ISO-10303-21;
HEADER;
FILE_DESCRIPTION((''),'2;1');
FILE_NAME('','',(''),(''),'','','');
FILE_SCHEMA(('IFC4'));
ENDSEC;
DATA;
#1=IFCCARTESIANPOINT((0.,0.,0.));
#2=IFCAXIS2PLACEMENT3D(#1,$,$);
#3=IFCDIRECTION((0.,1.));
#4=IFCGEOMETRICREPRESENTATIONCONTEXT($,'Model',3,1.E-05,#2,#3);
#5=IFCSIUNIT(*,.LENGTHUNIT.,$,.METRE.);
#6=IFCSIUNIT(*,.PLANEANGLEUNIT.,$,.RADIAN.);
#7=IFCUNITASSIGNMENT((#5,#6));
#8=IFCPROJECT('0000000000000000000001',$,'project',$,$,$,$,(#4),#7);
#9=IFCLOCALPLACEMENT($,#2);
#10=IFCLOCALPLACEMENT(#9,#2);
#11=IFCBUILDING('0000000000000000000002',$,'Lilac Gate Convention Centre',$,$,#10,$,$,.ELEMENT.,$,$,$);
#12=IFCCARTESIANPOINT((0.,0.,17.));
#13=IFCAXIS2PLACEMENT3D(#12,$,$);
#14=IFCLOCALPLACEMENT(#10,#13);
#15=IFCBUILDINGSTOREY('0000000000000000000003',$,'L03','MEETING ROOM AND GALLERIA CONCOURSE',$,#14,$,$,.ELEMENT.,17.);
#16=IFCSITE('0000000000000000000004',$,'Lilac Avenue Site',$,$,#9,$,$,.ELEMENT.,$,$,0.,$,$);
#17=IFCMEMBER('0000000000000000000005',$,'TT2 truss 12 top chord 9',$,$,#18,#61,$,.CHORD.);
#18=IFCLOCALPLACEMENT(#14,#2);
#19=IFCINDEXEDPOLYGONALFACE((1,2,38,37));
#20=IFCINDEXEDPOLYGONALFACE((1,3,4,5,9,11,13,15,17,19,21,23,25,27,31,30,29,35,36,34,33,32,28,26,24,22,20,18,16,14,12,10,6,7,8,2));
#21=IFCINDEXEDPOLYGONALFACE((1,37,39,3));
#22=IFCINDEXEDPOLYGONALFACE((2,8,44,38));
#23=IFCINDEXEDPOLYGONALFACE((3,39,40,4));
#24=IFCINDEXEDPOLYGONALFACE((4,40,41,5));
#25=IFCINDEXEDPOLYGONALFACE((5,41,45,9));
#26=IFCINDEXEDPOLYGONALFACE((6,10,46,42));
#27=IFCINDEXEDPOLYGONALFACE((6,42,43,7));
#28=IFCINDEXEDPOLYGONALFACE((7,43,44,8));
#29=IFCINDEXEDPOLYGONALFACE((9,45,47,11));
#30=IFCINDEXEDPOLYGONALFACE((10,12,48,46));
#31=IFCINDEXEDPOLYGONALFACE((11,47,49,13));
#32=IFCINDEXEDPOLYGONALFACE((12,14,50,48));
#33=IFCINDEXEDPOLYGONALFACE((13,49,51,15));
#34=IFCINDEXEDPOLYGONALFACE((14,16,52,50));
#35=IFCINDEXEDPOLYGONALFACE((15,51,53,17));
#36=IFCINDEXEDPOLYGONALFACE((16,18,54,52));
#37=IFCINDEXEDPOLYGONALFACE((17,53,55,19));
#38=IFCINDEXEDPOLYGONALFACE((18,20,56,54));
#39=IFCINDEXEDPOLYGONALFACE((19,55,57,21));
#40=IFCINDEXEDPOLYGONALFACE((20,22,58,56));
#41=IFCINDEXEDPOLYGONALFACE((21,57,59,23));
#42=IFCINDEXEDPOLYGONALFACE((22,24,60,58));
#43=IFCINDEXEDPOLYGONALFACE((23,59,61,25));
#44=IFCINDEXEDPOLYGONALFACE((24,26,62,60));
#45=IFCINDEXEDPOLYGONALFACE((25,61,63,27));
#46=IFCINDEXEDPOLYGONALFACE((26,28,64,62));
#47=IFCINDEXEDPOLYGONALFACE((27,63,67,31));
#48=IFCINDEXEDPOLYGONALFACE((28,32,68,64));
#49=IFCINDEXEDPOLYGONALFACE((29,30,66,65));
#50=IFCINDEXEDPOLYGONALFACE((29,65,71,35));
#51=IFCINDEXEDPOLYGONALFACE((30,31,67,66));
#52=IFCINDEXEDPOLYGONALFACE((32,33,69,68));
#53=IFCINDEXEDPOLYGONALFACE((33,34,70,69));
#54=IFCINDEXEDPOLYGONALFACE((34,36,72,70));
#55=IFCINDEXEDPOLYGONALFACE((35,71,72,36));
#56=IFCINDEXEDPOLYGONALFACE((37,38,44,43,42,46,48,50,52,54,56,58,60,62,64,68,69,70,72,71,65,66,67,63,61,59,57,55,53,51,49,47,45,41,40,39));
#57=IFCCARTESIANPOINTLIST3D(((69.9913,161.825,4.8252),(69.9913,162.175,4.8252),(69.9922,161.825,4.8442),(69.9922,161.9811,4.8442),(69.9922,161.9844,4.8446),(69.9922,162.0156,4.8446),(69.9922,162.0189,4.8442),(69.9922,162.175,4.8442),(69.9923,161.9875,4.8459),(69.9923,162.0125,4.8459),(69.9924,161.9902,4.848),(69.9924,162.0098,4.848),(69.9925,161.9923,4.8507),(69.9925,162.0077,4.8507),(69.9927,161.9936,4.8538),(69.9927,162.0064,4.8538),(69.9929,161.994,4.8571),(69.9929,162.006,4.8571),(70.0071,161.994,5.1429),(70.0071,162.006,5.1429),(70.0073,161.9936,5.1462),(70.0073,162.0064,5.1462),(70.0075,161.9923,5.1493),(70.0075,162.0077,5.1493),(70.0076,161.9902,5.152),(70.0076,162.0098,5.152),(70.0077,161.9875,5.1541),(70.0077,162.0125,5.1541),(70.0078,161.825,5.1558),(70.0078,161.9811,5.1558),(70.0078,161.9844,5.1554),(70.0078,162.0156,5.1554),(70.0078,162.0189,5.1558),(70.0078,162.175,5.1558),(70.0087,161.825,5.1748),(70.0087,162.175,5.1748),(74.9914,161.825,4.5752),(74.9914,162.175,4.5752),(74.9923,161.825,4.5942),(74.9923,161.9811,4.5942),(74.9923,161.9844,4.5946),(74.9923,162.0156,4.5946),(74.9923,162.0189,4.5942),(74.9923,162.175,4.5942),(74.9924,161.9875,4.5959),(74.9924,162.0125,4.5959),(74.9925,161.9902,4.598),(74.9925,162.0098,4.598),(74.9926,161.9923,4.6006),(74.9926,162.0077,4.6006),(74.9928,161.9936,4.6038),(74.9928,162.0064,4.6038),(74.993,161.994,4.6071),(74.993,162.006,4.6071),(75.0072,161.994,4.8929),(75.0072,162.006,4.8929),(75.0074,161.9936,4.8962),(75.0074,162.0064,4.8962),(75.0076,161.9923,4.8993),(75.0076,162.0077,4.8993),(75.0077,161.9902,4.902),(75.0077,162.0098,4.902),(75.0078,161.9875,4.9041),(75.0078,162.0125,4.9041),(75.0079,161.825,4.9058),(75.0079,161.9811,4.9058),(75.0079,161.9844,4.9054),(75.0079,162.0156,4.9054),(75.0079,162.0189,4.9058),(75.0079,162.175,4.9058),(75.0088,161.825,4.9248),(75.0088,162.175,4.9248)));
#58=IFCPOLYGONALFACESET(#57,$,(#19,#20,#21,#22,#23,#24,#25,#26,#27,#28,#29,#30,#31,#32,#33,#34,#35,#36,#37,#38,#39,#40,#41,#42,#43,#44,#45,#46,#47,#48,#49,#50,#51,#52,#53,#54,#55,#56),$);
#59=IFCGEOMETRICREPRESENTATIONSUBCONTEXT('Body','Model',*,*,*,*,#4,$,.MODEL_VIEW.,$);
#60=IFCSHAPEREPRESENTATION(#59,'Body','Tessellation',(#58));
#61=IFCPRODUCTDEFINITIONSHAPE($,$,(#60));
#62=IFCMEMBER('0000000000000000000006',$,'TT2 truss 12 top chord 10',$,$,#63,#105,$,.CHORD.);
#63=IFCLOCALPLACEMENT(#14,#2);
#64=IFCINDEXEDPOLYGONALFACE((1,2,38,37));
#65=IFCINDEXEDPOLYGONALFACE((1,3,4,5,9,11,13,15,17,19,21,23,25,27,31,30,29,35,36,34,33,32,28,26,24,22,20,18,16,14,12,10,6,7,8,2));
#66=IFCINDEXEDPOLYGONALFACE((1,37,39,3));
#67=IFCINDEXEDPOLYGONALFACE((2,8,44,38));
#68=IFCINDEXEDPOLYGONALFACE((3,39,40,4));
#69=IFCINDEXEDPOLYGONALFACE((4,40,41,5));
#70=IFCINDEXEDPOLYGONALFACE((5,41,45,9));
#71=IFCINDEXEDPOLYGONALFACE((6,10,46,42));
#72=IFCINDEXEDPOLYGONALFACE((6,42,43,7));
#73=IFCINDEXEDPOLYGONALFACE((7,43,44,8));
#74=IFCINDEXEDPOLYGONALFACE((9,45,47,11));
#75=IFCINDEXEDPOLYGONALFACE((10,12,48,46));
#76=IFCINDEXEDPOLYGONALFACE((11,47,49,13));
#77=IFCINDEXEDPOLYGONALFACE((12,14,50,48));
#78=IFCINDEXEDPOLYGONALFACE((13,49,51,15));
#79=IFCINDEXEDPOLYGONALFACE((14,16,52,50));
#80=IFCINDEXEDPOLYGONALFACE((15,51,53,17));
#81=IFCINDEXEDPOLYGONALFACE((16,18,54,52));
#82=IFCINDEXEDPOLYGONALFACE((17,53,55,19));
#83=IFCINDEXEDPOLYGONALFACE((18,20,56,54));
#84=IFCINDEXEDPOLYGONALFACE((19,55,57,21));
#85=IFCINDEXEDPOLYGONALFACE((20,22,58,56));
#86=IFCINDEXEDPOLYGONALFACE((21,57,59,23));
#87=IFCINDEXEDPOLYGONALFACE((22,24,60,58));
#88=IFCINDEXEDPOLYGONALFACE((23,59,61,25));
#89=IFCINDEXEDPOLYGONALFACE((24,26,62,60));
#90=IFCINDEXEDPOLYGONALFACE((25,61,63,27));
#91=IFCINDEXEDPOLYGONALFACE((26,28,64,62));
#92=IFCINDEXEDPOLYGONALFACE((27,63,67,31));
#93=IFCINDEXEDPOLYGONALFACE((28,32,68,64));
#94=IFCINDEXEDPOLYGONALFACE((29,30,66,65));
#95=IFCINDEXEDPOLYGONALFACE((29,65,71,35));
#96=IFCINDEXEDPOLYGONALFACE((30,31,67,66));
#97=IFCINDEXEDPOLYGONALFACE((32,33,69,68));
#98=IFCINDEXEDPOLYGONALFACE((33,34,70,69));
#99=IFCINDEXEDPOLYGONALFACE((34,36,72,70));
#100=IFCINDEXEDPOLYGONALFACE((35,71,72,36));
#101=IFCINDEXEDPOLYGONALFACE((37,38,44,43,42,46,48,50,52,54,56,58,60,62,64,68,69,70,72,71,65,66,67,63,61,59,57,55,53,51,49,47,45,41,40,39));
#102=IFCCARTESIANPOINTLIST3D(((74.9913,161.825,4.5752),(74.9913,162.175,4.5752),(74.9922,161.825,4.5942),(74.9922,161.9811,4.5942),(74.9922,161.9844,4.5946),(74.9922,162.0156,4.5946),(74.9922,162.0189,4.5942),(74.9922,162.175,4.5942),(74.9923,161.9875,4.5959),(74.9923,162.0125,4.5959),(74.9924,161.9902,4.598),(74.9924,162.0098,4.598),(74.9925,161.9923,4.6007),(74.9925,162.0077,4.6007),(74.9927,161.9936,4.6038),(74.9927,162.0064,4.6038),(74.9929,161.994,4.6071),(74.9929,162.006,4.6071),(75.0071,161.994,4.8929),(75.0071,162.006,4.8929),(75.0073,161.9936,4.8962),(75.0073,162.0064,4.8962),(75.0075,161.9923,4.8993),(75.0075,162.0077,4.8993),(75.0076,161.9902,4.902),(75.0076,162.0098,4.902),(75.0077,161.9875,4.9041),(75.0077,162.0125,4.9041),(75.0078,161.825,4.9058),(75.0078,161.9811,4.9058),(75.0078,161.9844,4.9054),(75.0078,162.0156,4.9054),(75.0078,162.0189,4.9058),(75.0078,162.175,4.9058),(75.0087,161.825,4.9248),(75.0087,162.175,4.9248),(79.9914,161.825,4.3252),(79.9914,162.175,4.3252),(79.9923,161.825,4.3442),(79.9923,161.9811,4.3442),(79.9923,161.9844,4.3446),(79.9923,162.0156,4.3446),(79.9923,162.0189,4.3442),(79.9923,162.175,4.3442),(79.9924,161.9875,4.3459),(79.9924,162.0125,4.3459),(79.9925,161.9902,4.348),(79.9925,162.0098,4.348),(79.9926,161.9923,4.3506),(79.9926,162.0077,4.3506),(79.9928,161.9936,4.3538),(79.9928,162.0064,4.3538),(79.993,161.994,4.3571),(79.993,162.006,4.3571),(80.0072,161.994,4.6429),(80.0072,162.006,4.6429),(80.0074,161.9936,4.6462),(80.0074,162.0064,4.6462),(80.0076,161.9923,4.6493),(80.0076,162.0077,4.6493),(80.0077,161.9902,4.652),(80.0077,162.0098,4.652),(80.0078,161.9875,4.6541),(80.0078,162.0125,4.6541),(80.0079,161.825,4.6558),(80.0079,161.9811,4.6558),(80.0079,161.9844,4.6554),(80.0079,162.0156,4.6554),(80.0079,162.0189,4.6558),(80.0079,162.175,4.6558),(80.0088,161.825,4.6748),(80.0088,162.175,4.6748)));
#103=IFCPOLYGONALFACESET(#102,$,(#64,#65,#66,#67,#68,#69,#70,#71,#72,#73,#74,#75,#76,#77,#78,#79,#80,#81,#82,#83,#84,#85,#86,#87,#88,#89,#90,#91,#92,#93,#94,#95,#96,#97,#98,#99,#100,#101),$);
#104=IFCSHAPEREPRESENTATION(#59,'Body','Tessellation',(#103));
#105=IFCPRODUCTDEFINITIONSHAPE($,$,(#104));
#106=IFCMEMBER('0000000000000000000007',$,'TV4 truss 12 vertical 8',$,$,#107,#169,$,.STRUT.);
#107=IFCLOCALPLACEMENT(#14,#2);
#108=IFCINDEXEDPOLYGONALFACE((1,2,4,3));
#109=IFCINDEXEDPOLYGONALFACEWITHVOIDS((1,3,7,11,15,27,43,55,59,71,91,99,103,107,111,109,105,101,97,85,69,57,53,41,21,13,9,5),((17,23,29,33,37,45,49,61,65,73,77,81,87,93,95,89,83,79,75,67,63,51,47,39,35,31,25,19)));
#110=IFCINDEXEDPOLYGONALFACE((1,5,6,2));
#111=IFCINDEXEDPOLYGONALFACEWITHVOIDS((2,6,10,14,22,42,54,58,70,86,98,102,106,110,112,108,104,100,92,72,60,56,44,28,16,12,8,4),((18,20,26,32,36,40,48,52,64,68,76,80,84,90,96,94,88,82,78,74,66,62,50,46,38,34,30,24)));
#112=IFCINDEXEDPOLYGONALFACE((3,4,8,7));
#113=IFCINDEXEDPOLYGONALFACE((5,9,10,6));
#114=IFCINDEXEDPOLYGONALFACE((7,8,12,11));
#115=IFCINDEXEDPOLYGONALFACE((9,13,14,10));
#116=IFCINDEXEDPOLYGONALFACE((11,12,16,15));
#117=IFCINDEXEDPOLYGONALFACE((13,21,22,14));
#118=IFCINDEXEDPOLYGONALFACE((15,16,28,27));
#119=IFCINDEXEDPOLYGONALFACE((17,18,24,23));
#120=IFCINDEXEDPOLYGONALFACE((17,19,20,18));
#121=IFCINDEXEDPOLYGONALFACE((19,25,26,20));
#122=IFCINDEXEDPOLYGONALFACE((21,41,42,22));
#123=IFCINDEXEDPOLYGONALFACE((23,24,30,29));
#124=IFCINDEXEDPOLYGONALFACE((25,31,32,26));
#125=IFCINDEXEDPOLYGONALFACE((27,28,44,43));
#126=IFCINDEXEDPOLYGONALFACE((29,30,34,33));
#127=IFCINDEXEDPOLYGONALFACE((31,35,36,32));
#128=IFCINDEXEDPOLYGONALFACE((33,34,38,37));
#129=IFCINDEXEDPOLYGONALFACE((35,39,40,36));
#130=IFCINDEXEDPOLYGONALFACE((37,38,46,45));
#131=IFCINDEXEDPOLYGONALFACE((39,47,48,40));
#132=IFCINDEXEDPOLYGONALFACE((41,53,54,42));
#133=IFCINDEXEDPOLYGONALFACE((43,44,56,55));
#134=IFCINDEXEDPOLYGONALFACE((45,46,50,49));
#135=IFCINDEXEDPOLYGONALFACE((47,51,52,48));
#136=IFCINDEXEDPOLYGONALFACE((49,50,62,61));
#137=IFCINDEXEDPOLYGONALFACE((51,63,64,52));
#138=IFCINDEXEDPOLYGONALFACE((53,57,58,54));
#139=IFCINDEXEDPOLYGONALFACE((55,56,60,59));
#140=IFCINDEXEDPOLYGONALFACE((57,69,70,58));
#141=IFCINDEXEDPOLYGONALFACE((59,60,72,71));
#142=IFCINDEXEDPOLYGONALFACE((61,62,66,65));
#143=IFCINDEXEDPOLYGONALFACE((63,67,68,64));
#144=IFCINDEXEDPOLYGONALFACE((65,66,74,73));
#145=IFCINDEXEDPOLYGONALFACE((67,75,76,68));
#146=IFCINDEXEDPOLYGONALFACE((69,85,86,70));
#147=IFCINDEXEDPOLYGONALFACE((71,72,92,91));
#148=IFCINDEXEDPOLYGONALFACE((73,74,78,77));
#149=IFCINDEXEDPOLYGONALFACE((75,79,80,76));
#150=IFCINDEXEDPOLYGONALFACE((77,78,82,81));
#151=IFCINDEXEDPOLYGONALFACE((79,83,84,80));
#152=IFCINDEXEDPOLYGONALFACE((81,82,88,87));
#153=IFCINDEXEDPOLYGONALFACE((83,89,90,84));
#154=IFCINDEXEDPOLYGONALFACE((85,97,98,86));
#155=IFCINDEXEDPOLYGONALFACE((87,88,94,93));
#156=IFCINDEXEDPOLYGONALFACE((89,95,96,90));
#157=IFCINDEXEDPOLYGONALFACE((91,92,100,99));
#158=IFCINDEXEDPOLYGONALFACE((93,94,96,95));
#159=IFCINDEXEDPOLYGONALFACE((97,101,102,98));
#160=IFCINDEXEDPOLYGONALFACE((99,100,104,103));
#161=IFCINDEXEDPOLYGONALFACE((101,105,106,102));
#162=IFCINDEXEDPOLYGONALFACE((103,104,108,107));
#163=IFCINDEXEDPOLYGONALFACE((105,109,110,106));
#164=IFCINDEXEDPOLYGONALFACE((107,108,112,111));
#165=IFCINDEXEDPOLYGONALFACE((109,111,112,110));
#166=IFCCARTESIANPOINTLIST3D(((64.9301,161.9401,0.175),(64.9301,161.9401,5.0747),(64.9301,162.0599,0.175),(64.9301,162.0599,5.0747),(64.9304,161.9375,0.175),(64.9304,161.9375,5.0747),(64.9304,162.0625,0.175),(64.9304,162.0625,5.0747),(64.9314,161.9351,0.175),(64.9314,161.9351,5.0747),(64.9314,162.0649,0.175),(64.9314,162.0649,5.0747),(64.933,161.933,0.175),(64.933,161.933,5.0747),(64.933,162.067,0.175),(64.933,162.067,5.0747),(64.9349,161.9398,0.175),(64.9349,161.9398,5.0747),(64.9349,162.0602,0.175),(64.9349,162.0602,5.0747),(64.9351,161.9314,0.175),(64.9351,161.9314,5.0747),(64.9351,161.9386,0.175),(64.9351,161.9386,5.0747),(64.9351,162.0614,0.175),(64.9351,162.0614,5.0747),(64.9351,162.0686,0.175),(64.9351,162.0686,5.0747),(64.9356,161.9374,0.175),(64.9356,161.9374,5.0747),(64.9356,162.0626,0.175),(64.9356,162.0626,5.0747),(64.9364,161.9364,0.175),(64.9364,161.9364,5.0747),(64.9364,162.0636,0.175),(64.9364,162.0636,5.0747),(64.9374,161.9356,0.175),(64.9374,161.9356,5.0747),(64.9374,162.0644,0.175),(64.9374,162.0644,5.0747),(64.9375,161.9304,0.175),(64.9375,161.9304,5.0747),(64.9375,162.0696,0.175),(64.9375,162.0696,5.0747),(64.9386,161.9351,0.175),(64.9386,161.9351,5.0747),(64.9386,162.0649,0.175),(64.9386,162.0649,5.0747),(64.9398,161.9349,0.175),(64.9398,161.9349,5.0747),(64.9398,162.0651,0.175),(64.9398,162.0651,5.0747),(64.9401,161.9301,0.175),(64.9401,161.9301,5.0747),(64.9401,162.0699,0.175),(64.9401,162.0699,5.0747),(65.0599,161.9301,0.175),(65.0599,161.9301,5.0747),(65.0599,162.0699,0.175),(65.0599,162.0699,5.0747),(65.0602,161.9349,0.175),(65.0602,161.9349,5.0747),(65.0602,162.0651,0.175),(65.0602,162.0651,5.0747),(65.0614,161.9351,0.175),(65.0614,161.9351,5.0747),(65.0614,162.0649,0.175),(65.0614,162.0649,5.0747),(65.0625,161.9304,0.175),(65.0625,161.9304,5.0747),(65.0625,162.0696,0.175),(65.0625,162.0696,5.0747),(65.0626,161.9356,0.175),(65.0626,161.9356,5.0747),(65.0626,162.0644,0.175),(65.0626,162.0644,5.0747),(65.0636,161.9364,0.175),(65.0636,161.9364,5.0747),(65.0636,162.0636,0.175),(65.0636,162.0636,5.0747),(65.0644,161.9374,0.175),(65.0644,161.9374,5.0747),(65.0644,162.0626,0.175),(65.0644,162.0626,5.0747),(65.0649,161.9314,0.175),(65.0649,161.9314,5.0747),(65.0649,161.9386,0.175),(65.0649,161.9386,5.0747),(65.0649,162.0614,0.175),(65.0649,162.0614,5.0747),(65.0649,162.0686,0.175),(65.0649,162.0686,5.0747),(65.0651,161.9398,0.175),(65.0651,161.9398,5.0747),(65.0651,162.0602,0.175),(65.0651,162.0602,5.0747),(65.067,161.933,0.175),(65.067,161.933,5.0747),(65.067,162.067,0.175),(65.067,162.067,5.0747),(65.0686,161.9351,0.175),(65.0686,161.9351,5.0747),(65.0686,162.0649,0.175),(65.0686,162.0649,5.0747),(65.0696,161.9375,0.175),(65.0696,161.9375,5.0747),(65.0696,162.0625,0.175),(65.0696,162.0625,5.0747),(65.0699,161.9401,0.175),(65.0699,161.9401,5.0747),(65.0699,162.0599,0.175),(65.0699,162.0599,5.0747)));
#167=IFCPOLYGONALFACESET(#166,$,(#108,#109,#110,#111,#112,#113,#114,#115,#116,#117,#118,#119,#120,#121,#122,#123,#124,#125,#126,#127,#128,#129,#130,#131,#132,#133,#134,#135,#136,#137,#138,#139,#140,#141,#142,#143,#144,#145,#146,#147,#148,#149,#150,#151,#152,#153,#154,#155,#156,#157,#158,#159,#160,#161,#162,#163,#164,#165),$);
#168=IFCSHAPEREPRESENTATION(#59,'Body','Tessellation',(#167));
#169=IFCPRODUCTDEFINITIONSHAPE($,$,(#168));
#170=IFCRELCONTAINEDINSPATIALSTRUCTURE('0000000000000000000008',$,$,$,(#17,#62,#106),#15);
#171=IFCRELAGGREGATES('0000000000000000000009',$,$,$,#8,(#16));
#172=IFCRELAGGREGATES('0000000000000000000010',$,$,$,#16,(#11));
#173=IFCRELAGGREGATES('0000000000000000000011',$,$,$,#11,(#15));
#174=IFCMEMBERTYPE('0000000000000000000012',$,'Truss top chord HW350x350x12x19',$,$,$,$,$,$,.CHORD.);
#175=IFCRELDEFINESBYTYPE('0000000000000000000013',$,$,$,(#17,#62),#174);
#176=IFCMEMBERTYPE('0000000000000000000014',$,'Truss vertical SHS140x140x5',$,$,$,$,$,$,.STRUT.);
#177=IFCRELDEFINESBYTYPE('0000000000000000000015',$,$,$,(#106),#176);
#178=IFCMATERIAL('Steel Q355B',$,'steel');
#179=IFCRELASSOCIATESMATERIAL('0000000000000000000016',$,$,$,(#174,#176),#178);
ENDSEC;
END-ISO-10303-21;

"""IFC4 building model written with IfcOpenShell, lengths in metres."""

from ifc_helpers import new_model, si_unit, direction, frame, origin, origin_2d, place, context, subcontext, project, spatial, hollow_rectangle, i_section, extrude, material, material_profile, profile_set, type_object, element, save


model = new_model("IFC4")

# Units and contexts
model_context = context("Model", 3, precision=1e-05, world=origin(), true_north=direction((0.0, 1.0)))
body_context = subcontext(model_context, "Body", "Model", "MODEL_VIEW")
ifc_project = project(units=[si_unit("LENGTHUNIT", "METRE"), si_unit("PLANEANGLEUNIT", "RADIAN")], contexts=[model_context])

# Site, building, storey
site_placement = place(None, origin())
site = spatial("IfcSite", under=ifc_project, at=site_placement, Name="Lilac Avenue Site", CompositionType="ELEMENT", RefElevation=0.0)
building_placement = place(site_placement, origin())
building = spatial("IfcBuilding", under=site, at=building_placement, Name="Lilac Gate Convention Centre", CompositionType="ELEMENT")
storey_placement = place(building_placement, frame((0.0, 0.0, 17.0)))
storey = spatial("IfcBuildingStorey", under=building, at=storey_placement, Name="L03", Description="MEETING ROOM AND GALLERIA CONCOURSE", CompositionType="ELEMENT", Elevation=17.0)

# Members
ifc_material = material(Name="Steel Q355B", Category="steel")
ifc_material_profile_1 = material_profile(ifc_material, i_section(OverallWidth=0.3501, OverallDepth=0.3501, WebThickness=0.012, FlangeThickness=0.019, FilletRadius=0.0129, at=origin_2d()), Name="HW350x350x12x19")
ifc_profile_set_1 = profile_set([ifc_material_profile_1], Name="Steel Q355B")
member_type_1 = type_object("IfcMemberType", Name="Truss top chord HW350x350x12x19", PredefinedType="CHORD", material=ifc_profile_set_1)
for number, where, z_axis, x_axis, name in (
    (1, (70.0, 162.0, 5.0), (0.998752, 0.0, -0.049938), (0.0, 1.0, 0.0), "TT2 truss 12 top chord 9"),
    (2, (75.0, 162.0, 4.75), (0.998752, 0.0, -0.049938), (0.0, 1.0, 0.0), "TT2 truss 12 top chord 10"),
):
    element("IfcMember", number, at=place(storey_placement, frame(where, z_axis=z_axis, x_axis=x_axis)), inside=storey, type_object=member_type_1, Name=name, PredefinedType="CHORD", context=body_context, shape_type="SweptSolid", body=[
        extrude(i_section(OverallWidth=0.3501, OverallDepth=0.3501, WebThickness=0.012, FlangeThickness=0.019, FilletRadius=0.0129, at=origin_2d()), origin(), (0.0, 0.0, 1.0), 5.0063),
    ])
ifc_material_profile_2 = material_profile(ifc_material, hollow_rectangle(XDim=0.1399, YDim=0.1399, WallThickness=0.0049, InnerFilletRadius=0.0049, OuterFilletRadius=0.01, at=origin_2d()), Name="SHS140x140x5")
ifc_profile_set_2 = profile_set([ifc_material_profile_2], Name="Steel Q355B")
member_type_2 = type_object("IfcMemberType", Name="Truss vertical SHS140x140x5", PredefinedType="STRUT", material=ifc_profile_set_2)
member_1_placement = place(storey_placement, frame((65.0, 162.0, 0.175), z_axis=(0.0, 0.0, 1.0), x_axis=(1.0, 0.0, 0.0)))
element("IfcMember", 3, at=member_1_placement, inside=storey, type_object=member_type_2, Name="TV4 truss 12 vertical 8", PredefinedType="STRUT", context=body_context, shape_type="SweptSolid", body=[
    extrude(hollow_rectangle(XDim=0.1399, YDim=0.1399, WallThickness=0.0049, InnerFilletRadius=0.0049, OuterFilletRadius=0.01, at=origin_2d()), origin(), (0.0, 0.0, 1.0), 4.8997),
])

save(model, "model.ifc")
